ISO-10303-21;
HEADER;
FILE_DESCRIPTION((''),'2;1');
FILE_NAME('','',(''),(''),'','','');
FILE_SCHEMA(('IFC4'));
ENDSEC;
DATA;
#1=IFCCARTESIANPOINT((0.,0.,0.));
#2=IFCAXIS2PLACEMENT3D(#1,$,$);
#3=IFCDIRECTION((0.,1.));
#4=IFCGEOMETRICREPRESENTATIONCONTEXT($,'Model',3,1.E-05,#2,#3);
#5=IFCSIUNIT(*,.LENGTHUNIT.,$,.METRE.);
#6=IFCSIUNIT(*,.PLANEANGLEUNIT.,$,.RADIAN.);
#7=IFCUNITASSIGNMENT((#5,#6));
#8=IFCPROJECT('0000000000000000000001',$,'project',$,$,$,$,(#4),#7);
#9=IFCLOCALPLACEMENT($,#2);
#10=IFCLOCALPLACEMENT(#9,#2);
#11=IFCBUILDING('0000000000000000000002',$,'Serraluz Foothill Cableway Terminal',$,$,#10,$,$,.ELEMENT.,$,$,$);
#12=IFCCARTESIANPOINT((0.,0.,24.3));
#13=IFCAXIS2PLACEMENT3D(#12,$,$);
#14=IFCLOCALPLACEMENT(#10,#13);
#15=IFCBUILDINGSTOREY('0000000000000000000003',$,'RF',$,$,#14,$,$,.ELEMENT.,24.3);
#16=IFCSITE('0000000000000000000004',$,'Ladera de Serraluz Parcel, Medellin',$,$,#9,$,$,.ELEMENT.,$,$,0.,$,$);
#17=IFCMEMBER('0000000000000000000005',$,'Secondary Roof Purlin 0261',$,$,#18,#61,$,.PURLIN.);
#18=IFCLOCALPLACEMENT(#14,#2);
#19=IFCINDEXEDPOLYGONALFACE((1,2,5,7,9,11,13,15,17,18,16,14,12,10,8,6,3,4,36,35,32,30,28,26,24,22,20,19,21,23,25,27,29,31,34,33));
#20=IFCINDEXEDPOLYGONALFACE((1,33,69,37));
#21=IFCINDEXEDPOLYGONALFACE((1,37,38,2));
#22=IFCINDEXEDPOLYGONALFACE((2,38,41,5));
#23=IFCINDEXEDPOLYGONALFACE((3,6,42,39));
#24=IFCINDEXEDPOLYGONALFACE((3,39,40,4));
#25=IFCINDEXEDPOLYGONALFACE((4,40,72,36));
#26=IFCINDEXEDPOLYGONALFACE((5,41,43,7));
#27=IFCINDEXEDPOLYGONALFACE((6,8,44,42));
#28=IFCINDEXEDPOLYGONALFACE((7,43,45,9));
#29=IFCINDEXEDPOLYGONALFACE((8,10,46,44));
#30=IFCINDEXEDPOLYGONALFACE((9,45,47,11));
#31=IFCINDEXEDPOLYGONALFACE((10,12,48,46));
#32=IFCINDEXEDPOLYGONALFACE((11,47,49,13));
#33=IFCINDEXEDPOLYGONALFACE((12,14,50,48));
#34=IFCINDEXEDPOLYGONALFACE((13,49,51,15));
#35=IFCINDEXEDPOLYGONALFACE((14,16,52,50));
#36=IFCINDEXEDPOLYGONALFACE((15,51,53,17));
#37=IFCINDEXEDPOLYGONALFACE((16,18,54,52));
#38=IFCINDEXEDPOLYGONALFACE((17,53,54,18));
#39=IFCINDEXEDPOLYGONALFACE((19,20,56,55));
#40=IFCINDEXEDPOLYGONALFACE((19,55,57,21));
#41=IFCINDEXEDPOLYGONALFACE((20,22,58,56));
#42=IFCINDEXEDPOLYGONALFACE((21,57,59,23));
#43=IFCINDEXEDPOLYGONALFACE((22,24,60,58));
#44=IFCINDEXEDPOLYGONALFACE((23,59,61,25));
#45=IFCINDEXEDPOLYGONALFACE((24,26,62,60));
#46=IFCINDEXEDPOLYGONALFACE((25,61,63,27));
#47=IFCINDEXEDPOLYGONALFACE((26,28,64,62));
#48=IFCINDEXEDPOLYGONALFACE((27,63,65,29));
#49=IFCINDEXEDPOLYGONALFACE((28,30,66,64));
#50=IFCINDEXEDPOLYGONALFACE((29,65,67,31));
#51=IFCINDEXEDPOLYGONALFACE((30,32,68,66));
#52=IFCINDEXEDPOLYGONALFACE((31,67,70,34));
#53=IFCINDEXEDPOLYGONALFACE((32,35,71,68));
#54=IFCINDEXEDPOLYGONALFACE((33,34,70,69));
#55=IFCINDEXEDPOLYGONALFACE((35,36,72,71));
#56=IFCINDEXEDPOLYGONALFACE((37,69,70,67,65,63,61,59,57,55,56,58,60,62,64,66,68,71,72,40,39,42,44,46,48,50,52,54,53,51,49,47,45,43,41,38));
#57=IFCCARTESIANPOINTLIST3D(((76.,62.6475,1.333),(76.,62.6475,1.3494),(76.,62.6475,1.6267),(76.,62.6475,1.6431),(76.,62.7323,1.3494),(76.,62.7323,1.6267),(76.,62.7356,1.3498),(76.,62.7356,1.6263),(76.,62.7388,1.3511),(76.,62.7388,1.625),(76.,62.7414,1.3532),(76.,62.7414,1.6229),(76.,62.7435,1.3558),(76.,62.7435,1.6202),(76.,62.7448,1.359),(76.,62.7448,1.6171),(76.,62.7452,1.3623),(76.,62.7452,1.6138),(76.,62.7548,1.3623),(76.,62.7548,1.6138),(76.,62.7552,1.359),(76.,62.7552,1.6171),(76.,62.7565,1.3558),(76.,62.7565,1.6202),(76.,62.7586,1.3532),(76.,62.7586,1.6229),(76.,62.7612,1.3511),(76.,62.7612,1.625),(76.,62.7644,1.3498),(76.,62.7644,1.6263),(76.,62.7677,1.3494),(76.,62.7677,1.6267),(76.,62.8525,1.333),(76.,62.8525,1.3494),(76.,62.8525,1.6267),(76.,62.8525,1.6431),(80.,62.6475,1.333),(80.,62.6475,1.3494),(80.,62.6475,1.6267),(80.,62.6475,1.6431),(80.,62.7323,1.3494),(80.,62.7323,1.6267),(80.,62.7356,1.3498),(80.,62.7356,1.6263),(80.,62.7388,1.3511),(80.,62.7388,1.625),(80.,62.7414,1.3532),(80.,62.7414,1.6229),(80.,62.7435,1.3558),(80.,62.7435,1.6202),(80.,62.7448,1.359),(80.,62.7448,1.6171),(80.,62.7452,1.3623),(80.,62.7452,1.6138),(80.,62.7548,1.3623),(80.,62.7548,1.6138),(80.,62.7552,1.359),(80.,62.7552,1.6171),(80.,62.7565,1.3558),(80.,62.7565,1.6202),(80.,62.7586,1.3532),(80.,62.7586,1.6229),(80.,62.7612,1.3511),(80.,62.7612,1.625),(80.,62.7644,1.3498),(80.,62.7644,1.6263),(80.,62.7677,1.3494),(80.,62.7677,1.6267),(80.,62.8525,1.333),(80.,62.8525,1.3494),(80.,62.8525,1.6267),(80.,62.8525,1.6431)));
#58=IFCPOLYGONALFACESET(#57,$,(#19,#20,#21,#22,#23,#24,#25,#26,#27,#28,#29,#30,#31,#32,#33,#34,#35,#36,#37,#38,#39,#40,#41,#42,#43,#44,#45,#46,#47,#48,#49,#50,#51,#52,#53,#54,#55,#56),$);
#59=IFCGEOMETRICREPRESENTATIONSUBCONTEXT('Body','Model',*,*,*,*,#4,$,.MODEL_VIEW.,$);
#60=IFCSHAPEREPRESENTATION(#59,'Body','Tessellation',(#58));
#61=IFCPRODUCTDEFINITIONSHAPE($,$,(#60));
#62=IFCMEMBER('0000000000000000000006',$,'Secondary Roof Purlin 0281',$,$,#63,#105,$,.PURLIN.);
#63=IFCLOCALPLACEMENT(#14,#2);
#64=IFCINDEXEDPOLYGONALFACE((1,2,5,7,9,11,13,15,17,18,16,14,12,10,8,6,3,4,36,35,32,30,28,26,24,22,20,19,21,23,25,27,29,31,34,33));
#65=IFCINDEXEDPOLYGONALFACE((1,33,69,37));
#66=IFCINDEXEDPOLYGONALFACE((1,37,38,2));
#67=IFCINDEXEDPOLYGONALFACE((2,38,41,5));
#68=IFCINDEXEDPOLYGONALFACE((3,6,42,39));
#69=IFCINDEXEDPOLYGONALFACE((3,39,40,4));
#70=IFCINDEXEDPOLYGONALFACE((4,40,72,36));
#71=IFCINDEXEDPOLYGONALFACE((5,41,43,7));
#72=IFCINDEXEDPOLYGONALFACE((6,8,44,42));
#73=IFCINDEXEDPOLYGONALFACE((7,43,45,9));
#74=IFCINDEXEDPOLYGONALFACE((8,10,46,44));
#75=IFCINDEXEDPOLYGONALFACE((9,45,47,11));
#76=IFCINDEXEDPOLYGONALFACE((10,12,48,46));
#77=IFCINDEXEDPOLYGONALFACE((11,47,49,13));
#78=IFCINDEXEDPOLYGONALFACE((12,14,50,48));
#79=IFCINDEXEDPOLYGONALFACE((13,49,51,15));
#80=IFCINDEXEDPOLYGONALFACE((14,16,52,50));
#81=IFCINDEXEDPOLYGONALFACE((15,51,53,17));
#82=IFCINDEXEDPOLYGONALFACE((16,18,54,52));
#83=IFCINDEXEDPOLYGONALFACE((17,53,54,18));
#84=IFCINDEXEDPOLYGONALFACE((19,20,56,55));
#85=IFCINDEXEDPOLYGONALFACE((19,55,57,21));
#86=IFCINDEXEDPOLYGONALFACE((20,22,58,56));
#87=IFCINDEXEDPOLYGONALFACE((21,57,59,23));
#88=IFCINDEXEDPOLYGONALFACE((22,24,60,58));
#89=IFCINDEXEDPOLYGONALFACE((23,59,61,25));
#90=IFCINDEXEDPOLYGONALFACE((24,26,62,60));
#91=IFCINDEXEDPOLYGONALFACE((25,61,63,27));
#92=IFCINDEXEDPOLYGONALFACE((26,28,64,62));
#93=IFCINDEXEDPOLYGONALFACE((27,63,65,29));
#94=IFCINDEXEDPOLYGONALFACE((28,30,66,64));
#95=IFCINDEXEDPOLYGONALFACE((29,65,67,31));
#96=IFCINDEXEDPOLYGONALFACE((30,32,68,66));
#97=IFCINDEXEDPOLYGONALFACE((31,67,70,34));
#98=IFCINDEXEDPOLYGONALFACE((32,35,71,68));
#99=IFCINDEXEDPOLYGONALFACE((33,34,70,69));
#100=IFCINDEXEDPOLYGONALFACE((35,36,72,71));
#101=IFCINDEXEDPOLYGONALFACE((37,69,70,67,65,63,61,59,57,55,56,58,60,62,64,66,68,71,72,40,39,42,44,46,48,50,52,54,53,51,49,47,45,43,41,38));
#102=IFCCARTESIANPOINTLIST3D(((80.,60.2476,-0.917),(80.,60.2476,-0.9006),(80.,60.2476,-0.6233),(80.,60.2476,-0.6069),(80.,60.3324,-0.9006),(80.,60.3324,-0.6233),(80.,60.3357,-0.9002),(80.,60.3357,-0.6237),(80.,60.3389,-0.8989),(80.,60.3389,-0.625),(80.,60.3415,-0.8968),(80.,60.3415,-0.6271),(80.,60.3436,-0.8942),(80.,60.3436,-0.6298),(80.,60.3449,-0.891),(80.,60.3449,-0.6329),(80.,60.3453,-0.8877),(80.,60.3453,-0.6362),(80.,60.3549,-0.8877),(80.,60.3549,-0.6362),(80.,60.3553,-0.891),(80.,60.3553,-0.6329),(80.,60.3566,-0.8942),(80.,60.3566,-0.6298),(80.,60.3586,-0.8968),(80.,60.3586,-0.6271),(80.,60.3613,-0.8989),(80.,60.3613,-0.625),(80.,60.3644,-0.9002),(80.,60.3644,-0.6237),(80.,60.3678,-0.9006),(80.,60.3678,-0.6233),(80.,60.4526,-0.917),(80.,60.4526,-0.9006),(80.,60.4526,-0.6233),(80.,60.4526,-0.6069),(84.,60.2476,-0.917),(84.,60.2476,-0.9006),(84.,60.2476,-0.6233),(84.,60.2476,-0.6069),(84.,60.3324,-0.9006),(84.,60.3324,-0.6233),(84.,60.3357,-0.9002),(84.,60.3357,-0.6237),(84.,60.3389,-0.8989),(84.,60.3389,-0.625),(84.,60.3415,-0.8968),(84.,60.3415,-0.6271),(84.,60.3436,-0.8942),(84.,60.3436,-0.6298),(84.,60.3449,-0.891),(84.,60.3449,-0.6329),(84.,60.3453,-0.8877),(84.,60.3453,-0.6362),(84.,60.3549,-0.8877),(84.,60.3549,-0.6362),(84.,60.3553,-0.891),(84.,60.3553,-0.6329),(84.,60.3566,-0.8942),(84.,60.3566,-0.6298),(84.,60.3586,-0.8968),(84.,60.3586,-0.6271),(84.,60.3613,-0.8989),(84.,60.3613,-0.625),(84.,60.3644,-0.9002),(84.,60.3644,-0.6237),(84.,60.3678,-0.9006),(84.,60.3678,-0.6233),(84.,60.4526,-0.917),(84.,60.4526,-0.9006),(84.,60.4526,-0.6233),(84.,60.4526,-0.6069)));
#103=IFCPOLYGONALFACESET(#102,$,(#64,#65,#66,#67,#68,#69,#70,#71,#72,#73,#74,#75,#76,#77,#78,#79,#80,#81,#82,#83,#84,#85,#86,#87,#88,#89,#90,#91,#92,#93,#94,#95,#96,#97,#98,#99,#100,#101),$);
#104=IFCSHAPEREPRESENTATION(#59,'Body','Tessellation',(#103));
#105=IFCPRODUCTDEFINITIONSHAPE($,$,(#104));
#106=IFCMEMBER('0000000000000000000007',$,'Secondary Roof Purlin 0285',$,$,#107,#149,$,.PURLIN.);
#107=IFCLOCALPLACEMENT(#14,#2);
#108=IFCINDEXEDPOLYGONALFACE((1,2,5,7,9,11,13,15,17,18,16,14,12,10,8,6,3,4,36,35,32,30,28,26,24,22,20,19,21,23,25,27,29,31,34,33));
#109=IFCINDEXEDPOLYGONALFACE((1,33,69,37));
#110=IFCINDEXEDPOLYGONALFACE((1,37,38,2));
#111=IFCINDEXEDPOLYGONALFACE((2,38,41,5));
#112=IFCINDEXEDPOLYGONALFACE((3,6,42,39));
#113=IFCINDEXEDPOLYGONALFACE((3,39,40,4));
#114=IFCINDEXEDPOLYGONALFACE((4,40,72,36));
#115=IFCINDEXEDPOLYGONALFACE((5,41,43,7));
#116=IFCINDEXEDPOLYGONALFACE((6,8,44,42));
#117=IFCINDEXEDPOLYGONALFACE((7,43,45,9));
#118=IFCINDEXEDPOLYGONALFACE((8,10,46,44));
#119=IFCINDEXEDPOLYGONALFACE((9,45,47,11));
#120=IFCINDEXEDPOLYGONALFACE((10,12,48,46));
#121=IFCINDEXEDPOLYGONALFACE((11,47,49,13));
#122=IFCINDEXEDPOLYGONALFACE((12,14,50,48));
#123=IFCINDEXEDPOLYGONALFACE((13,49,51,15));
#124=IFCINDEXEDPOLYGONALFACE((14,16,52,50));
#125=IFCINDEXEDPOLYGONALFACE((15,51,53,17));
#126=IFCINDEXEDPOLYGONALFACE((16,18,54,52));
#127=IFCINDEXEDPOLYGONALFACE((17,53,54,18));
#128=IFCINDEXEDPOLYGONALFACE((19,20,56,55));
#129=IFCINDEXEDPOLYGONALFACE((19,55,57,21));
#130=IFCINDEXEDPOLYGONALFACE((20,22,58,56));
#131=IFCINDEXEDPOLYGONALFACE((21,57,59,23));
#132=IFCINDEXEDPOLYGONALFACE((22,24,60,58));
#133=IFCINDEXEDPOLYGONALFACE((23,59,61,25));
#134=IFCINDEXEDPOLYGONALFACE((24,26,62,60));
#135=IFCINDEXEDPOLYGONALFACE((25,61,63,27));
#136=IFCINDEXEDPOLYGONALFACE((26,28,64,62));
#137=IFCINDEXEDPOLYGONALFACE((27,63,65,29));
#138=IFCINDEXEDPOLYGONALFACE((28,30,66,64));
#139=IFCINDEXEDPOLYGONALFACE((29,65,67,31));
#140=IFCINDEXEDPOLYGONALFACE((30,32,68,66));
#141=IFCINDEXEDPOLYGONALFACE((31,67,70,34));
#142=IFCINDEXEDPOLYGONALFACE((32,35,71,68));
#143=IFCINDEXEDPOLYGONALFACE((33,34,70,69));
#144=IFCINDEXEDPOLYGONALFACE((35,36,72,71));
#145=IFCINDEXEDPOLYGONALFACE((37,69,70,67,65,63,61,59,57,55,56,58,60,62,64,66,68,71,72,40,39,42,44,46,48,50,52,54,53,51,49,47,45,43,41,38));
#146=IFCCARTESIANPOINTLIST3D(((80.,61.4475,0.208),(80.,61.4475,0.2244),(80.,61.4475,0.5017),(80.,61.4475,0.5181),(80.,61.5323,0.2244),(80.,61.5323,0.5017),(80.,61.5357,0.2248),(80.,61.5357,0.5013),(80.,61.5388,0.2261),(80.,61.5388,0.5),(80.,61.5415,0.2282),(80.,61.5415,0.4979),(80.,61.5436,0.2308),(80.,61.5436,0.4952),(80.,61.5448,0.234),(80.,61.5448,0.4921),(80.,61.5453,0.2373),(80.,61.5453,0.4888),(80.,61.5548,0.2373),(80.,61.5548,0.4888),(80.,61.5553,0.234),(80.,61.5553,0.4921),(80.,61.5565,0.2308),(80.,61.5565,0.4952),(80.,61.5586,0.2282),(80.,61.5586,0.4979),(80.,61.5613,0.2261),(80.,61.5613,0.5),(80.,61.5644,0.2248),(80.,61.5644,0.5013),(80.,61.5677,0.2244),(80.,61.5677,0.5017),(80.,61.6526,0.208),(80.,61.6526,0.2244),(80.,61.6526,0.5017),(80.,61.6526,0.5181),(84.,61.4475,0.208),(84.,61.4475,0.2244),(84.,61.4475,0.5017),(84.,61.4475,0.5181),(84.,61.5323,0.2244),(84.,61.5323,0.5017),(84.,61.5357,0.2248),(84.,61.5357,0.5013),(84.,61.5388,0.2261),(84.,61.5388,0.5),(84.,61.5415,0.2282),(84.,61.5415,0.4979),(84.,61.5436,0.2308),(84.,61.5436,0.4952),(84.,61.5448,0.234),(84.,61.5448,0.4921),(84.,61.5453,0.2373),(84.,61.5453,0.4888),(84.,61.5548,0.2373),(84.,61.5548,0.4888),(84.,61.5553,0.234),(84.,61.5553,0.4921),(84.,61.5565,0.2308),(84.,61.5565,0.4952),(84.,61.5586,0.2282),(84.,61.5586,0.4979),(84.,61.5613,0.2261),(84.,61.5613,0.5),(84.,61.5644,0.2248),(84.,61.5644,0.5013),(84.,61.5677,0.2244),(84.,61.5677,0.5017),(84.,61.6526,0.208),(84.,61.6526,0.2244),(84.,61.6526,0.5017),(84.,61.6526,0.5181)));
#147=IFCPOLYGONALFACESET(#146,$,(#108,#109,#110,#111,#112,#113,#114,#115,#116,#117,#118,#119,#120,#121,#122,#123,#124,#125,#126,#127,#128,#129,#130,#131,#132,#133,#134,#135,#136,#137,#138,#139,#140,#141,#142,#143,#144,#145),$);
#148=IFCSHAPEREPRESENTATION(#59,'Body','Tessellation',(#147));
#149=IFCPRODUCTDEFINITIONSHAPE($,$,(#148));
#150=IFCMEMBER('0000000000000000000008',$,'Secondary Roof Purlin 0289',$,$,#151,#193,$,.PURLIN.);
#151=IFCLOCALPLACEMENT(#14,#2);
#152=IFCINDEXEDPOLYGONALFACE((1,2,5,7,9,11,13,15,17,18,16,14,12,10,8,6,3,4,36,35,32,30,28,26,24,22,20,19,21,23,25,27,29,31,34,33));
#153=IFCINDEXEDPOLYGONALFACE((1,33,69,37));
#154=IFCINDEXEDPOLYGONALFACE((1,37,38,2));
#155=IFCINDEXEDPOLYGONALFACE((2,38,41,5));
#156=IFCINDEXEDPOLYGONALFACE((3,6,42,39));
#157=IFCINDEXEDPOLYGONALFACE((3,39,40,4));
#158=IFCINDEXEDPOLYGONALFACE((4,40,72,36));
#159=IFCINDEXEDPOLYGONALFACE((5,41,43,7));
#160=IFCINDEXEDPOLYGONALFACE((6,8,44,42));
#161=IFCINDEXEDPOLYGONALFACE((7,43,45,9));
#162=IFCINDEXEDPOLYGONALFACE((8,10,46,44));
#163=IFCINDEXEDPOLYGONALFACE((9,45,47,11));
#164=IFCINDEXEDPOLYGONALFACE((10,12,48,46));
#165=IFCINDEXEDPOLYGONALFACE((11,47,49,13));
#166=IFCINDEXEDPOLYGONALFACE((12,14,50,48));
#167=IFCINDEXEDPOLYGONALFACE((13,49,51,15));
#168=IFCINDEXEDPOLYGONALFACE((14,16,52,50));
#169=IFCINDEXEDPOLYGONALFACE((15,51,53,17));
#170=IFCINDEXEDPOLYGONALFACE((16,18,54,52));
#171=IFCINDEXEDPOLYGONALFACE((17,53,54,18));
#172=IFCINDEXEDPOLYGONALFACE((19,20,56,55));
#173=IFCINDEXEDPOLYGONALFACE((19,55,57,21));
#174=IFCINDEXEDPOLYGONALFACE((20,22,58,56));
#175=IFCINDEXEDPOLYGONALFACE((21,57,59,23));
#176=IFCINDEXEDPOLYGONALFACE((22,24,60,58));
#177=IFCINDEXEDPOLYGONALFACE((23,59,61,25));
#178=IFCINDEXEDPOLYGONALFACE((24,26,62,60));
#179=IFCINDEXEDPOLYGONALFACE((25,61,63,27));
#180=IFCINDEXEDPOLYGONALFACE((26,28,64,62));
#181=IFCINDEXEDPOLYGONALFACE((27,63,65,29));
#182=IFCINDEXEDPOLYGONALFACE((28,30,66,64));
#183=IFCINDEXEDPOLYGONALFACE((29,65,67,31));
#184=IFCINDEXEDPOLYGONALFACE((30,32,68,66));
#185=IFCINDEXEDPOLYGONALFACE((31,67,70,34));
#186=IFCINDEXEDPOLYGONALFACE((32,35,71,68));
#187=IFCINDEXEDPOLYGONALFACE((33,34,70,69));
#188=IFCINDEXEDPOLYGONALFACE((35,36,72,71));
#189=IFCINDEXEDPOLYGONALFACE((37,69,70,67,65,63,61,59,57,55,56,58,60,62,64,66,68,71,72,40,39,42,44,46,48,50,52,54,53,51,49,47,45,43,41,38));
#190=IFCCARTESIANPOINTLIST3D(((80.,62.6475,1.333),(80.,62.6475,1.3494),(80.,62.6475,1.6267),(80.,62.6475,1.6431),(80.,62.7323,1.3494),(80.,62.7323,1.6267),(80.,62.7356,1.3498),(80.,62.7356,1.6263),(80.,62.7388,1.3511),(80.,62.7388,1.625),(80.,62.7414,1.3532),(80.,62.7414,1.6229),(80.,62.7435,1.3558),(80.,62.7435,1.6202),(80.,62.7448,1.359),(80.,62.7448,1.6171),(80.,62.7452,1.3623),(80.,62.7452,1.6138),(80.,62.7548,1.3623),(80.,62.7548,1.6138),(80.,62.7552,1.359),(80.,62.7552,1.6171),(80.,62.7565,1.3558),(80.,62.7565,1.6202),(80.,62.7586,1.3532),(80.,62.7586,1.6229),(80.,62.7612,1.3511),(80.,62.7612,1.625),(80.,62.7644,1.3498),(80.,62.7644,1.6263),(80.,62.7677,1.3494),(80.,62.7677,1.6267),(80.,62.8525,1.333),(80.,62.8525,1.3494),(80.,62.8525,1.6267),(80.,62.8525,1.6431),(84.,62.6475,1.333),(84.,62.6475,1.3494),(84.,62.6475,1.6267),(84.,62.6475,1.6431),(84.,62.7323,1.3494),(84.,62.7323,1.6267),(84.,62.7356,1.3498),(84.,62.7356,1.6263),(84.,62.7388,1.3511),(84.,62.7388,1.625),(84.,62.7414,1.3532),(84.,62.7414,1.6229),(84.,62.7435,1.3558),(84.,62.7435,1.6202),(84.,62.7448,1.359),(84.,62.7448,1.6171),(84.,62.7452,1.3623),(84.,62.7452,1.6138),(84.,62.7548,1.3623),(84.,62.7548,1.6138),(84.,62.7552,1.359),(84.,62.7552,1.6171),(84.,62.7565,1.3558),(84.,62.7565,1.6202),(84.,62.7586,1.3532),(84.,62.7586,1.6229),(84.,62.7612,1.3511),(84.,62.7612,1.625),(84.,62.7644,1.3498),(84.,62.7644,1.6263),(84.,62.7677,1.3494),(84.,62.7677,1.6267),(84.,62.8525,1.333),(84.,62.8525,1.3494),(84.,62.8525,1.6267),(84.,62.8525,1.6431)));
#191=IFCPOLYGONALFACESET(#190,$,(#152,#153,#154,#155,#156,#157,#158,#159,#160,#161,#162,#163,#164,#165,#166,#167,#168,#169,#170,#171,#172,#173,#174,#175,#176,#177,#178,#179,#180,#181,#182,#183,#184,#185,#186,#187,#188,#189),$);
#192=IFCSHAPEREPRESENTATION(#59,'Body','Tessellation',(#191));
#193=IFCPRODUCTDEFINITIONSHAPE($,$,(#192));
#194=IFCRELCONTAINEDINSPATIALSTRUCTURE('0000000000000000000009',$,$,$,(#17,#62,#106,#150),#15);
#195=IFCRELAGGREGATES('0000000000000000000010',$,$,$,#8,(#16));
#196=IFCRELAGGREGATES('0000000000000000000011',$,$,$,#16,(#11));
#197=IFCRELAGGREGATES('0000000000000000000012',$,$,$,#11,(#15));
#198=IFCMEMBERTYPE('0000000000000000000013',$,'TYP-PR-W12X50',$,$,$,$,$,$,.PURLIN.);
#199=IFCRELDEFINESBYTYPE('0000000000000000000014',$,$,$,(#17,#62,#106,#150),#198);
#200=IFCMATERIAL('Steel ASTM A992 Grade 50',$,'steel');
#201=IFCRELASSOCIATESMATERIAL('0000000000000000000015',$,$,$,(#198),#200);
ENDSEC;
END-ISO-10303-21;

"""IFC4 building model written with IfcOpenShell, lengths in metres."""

from ifc_helpers import new_model, si_unit, direction, frame, origin, origin_2d, place, context, subcontext, project, spatial, i_section, extrude, material, material_profile, profile_set, type_object, element, save


model = new_model("IFC4")

# Units and contexts
model_context = context("Model", 3, precision=1e-05, world=origin(), true_north=direction((0.0, 1.0)))
body_context = subcontext(model_context, "Body", "Model", "MODEL_VIEW")
ifc_project = project(units=[si_unit("LENGTHUNIT", "METRE"), si_unit("PLANEANGLEUNIT", "RADIAN")], contexts=[model_context])

# Site, building, storey
site_placement = place(None, origin())
site = spatial("IfcSite", under=ifc_project, at=site_placement, Name="Ladera de Serraluz Parcel, Medellin", CompositionType="ELEMENT", RefElevation=0.0)
building_placement = place(site_placement, origin())
building = spatial("IfcBuilding", under=site, at=building_placement, Name="Serraluz Foothill Cableway Terminal", CompositionType="ELEMENT")
storey_placement = place(building_placement, frame((0.0, 0.0, 24.3)))
storey = spatial("IfcBuildingStorey", under=building, at=storey_placement, Name="RF", CompositionType="ELEMENT", Elevation=24.3)

# Members
ifc_material_1 = material(Name="Steel ASTM A992 Grade 50", Category="steel")
ifc_material_profile_1 = material_profile(ifc_material_1, i_section(OverallWidth=0.2051, OverallDepth=0.3101, WebThickness=0.0095, FlangeThickness=0.0164, FilletRadius=0.0129, at=origin_2d()), Name="W12X50")
ifc_profile_set_1 = profile_set([ifc_material_profile_1], Name="Steel ASTM A992 Grade 50")
member_type_1 = type_object("IfcMemberType", Name="TYP-PR-W12X50", PredefinedType="PURLIN", material=ifc_profile_set_1)
for number, where, z_axis, x_axis, name in (
    (1, (76.0, 62.75, 1.488), (1.0, 0.0, 0.0), (0.0, 1.0, 0.0), "Secondary Roof Purlin 0261"),
    (2, (80.0, 60.3501, -0.762), (1.0, 0.0, 0.0), (0.0, 1.0, 0.0), "Secondary Roof Purlin 0281"),
    (3, (80.0, 61.55, 0.363), (1.0, 0.0, 0.0), (0.0, 1.0, 0.0), "Secondary Roof Purlin 0285"),
    (4, (80.0, 62.75, 1.488), (1.0, 0.0, 0.0), (0.0, 1.0, 0.0), "Secondary Roof Purlin 0289"),
):
    element("IfcMember", number, at=place(storey_placement, frame(where, z_axis=z_axis, x_axis=x_axis)), inside=storey, type_object=member_type_1, Name=name, PredefinedType="PURLIN", context=body_context, shape_type="SweptSolid", body=[
        extrude(i_section(OverallWidth=0.2051, OverallDepth=0.3101, WebThickness=0.0095, FlangeThickness=0.0164, FilletRadius=0.0129, at=origin_2d()), origin(), (0.0, 0.0, 1.0), 4.0),
    ])

save(model, "model.ifc")
